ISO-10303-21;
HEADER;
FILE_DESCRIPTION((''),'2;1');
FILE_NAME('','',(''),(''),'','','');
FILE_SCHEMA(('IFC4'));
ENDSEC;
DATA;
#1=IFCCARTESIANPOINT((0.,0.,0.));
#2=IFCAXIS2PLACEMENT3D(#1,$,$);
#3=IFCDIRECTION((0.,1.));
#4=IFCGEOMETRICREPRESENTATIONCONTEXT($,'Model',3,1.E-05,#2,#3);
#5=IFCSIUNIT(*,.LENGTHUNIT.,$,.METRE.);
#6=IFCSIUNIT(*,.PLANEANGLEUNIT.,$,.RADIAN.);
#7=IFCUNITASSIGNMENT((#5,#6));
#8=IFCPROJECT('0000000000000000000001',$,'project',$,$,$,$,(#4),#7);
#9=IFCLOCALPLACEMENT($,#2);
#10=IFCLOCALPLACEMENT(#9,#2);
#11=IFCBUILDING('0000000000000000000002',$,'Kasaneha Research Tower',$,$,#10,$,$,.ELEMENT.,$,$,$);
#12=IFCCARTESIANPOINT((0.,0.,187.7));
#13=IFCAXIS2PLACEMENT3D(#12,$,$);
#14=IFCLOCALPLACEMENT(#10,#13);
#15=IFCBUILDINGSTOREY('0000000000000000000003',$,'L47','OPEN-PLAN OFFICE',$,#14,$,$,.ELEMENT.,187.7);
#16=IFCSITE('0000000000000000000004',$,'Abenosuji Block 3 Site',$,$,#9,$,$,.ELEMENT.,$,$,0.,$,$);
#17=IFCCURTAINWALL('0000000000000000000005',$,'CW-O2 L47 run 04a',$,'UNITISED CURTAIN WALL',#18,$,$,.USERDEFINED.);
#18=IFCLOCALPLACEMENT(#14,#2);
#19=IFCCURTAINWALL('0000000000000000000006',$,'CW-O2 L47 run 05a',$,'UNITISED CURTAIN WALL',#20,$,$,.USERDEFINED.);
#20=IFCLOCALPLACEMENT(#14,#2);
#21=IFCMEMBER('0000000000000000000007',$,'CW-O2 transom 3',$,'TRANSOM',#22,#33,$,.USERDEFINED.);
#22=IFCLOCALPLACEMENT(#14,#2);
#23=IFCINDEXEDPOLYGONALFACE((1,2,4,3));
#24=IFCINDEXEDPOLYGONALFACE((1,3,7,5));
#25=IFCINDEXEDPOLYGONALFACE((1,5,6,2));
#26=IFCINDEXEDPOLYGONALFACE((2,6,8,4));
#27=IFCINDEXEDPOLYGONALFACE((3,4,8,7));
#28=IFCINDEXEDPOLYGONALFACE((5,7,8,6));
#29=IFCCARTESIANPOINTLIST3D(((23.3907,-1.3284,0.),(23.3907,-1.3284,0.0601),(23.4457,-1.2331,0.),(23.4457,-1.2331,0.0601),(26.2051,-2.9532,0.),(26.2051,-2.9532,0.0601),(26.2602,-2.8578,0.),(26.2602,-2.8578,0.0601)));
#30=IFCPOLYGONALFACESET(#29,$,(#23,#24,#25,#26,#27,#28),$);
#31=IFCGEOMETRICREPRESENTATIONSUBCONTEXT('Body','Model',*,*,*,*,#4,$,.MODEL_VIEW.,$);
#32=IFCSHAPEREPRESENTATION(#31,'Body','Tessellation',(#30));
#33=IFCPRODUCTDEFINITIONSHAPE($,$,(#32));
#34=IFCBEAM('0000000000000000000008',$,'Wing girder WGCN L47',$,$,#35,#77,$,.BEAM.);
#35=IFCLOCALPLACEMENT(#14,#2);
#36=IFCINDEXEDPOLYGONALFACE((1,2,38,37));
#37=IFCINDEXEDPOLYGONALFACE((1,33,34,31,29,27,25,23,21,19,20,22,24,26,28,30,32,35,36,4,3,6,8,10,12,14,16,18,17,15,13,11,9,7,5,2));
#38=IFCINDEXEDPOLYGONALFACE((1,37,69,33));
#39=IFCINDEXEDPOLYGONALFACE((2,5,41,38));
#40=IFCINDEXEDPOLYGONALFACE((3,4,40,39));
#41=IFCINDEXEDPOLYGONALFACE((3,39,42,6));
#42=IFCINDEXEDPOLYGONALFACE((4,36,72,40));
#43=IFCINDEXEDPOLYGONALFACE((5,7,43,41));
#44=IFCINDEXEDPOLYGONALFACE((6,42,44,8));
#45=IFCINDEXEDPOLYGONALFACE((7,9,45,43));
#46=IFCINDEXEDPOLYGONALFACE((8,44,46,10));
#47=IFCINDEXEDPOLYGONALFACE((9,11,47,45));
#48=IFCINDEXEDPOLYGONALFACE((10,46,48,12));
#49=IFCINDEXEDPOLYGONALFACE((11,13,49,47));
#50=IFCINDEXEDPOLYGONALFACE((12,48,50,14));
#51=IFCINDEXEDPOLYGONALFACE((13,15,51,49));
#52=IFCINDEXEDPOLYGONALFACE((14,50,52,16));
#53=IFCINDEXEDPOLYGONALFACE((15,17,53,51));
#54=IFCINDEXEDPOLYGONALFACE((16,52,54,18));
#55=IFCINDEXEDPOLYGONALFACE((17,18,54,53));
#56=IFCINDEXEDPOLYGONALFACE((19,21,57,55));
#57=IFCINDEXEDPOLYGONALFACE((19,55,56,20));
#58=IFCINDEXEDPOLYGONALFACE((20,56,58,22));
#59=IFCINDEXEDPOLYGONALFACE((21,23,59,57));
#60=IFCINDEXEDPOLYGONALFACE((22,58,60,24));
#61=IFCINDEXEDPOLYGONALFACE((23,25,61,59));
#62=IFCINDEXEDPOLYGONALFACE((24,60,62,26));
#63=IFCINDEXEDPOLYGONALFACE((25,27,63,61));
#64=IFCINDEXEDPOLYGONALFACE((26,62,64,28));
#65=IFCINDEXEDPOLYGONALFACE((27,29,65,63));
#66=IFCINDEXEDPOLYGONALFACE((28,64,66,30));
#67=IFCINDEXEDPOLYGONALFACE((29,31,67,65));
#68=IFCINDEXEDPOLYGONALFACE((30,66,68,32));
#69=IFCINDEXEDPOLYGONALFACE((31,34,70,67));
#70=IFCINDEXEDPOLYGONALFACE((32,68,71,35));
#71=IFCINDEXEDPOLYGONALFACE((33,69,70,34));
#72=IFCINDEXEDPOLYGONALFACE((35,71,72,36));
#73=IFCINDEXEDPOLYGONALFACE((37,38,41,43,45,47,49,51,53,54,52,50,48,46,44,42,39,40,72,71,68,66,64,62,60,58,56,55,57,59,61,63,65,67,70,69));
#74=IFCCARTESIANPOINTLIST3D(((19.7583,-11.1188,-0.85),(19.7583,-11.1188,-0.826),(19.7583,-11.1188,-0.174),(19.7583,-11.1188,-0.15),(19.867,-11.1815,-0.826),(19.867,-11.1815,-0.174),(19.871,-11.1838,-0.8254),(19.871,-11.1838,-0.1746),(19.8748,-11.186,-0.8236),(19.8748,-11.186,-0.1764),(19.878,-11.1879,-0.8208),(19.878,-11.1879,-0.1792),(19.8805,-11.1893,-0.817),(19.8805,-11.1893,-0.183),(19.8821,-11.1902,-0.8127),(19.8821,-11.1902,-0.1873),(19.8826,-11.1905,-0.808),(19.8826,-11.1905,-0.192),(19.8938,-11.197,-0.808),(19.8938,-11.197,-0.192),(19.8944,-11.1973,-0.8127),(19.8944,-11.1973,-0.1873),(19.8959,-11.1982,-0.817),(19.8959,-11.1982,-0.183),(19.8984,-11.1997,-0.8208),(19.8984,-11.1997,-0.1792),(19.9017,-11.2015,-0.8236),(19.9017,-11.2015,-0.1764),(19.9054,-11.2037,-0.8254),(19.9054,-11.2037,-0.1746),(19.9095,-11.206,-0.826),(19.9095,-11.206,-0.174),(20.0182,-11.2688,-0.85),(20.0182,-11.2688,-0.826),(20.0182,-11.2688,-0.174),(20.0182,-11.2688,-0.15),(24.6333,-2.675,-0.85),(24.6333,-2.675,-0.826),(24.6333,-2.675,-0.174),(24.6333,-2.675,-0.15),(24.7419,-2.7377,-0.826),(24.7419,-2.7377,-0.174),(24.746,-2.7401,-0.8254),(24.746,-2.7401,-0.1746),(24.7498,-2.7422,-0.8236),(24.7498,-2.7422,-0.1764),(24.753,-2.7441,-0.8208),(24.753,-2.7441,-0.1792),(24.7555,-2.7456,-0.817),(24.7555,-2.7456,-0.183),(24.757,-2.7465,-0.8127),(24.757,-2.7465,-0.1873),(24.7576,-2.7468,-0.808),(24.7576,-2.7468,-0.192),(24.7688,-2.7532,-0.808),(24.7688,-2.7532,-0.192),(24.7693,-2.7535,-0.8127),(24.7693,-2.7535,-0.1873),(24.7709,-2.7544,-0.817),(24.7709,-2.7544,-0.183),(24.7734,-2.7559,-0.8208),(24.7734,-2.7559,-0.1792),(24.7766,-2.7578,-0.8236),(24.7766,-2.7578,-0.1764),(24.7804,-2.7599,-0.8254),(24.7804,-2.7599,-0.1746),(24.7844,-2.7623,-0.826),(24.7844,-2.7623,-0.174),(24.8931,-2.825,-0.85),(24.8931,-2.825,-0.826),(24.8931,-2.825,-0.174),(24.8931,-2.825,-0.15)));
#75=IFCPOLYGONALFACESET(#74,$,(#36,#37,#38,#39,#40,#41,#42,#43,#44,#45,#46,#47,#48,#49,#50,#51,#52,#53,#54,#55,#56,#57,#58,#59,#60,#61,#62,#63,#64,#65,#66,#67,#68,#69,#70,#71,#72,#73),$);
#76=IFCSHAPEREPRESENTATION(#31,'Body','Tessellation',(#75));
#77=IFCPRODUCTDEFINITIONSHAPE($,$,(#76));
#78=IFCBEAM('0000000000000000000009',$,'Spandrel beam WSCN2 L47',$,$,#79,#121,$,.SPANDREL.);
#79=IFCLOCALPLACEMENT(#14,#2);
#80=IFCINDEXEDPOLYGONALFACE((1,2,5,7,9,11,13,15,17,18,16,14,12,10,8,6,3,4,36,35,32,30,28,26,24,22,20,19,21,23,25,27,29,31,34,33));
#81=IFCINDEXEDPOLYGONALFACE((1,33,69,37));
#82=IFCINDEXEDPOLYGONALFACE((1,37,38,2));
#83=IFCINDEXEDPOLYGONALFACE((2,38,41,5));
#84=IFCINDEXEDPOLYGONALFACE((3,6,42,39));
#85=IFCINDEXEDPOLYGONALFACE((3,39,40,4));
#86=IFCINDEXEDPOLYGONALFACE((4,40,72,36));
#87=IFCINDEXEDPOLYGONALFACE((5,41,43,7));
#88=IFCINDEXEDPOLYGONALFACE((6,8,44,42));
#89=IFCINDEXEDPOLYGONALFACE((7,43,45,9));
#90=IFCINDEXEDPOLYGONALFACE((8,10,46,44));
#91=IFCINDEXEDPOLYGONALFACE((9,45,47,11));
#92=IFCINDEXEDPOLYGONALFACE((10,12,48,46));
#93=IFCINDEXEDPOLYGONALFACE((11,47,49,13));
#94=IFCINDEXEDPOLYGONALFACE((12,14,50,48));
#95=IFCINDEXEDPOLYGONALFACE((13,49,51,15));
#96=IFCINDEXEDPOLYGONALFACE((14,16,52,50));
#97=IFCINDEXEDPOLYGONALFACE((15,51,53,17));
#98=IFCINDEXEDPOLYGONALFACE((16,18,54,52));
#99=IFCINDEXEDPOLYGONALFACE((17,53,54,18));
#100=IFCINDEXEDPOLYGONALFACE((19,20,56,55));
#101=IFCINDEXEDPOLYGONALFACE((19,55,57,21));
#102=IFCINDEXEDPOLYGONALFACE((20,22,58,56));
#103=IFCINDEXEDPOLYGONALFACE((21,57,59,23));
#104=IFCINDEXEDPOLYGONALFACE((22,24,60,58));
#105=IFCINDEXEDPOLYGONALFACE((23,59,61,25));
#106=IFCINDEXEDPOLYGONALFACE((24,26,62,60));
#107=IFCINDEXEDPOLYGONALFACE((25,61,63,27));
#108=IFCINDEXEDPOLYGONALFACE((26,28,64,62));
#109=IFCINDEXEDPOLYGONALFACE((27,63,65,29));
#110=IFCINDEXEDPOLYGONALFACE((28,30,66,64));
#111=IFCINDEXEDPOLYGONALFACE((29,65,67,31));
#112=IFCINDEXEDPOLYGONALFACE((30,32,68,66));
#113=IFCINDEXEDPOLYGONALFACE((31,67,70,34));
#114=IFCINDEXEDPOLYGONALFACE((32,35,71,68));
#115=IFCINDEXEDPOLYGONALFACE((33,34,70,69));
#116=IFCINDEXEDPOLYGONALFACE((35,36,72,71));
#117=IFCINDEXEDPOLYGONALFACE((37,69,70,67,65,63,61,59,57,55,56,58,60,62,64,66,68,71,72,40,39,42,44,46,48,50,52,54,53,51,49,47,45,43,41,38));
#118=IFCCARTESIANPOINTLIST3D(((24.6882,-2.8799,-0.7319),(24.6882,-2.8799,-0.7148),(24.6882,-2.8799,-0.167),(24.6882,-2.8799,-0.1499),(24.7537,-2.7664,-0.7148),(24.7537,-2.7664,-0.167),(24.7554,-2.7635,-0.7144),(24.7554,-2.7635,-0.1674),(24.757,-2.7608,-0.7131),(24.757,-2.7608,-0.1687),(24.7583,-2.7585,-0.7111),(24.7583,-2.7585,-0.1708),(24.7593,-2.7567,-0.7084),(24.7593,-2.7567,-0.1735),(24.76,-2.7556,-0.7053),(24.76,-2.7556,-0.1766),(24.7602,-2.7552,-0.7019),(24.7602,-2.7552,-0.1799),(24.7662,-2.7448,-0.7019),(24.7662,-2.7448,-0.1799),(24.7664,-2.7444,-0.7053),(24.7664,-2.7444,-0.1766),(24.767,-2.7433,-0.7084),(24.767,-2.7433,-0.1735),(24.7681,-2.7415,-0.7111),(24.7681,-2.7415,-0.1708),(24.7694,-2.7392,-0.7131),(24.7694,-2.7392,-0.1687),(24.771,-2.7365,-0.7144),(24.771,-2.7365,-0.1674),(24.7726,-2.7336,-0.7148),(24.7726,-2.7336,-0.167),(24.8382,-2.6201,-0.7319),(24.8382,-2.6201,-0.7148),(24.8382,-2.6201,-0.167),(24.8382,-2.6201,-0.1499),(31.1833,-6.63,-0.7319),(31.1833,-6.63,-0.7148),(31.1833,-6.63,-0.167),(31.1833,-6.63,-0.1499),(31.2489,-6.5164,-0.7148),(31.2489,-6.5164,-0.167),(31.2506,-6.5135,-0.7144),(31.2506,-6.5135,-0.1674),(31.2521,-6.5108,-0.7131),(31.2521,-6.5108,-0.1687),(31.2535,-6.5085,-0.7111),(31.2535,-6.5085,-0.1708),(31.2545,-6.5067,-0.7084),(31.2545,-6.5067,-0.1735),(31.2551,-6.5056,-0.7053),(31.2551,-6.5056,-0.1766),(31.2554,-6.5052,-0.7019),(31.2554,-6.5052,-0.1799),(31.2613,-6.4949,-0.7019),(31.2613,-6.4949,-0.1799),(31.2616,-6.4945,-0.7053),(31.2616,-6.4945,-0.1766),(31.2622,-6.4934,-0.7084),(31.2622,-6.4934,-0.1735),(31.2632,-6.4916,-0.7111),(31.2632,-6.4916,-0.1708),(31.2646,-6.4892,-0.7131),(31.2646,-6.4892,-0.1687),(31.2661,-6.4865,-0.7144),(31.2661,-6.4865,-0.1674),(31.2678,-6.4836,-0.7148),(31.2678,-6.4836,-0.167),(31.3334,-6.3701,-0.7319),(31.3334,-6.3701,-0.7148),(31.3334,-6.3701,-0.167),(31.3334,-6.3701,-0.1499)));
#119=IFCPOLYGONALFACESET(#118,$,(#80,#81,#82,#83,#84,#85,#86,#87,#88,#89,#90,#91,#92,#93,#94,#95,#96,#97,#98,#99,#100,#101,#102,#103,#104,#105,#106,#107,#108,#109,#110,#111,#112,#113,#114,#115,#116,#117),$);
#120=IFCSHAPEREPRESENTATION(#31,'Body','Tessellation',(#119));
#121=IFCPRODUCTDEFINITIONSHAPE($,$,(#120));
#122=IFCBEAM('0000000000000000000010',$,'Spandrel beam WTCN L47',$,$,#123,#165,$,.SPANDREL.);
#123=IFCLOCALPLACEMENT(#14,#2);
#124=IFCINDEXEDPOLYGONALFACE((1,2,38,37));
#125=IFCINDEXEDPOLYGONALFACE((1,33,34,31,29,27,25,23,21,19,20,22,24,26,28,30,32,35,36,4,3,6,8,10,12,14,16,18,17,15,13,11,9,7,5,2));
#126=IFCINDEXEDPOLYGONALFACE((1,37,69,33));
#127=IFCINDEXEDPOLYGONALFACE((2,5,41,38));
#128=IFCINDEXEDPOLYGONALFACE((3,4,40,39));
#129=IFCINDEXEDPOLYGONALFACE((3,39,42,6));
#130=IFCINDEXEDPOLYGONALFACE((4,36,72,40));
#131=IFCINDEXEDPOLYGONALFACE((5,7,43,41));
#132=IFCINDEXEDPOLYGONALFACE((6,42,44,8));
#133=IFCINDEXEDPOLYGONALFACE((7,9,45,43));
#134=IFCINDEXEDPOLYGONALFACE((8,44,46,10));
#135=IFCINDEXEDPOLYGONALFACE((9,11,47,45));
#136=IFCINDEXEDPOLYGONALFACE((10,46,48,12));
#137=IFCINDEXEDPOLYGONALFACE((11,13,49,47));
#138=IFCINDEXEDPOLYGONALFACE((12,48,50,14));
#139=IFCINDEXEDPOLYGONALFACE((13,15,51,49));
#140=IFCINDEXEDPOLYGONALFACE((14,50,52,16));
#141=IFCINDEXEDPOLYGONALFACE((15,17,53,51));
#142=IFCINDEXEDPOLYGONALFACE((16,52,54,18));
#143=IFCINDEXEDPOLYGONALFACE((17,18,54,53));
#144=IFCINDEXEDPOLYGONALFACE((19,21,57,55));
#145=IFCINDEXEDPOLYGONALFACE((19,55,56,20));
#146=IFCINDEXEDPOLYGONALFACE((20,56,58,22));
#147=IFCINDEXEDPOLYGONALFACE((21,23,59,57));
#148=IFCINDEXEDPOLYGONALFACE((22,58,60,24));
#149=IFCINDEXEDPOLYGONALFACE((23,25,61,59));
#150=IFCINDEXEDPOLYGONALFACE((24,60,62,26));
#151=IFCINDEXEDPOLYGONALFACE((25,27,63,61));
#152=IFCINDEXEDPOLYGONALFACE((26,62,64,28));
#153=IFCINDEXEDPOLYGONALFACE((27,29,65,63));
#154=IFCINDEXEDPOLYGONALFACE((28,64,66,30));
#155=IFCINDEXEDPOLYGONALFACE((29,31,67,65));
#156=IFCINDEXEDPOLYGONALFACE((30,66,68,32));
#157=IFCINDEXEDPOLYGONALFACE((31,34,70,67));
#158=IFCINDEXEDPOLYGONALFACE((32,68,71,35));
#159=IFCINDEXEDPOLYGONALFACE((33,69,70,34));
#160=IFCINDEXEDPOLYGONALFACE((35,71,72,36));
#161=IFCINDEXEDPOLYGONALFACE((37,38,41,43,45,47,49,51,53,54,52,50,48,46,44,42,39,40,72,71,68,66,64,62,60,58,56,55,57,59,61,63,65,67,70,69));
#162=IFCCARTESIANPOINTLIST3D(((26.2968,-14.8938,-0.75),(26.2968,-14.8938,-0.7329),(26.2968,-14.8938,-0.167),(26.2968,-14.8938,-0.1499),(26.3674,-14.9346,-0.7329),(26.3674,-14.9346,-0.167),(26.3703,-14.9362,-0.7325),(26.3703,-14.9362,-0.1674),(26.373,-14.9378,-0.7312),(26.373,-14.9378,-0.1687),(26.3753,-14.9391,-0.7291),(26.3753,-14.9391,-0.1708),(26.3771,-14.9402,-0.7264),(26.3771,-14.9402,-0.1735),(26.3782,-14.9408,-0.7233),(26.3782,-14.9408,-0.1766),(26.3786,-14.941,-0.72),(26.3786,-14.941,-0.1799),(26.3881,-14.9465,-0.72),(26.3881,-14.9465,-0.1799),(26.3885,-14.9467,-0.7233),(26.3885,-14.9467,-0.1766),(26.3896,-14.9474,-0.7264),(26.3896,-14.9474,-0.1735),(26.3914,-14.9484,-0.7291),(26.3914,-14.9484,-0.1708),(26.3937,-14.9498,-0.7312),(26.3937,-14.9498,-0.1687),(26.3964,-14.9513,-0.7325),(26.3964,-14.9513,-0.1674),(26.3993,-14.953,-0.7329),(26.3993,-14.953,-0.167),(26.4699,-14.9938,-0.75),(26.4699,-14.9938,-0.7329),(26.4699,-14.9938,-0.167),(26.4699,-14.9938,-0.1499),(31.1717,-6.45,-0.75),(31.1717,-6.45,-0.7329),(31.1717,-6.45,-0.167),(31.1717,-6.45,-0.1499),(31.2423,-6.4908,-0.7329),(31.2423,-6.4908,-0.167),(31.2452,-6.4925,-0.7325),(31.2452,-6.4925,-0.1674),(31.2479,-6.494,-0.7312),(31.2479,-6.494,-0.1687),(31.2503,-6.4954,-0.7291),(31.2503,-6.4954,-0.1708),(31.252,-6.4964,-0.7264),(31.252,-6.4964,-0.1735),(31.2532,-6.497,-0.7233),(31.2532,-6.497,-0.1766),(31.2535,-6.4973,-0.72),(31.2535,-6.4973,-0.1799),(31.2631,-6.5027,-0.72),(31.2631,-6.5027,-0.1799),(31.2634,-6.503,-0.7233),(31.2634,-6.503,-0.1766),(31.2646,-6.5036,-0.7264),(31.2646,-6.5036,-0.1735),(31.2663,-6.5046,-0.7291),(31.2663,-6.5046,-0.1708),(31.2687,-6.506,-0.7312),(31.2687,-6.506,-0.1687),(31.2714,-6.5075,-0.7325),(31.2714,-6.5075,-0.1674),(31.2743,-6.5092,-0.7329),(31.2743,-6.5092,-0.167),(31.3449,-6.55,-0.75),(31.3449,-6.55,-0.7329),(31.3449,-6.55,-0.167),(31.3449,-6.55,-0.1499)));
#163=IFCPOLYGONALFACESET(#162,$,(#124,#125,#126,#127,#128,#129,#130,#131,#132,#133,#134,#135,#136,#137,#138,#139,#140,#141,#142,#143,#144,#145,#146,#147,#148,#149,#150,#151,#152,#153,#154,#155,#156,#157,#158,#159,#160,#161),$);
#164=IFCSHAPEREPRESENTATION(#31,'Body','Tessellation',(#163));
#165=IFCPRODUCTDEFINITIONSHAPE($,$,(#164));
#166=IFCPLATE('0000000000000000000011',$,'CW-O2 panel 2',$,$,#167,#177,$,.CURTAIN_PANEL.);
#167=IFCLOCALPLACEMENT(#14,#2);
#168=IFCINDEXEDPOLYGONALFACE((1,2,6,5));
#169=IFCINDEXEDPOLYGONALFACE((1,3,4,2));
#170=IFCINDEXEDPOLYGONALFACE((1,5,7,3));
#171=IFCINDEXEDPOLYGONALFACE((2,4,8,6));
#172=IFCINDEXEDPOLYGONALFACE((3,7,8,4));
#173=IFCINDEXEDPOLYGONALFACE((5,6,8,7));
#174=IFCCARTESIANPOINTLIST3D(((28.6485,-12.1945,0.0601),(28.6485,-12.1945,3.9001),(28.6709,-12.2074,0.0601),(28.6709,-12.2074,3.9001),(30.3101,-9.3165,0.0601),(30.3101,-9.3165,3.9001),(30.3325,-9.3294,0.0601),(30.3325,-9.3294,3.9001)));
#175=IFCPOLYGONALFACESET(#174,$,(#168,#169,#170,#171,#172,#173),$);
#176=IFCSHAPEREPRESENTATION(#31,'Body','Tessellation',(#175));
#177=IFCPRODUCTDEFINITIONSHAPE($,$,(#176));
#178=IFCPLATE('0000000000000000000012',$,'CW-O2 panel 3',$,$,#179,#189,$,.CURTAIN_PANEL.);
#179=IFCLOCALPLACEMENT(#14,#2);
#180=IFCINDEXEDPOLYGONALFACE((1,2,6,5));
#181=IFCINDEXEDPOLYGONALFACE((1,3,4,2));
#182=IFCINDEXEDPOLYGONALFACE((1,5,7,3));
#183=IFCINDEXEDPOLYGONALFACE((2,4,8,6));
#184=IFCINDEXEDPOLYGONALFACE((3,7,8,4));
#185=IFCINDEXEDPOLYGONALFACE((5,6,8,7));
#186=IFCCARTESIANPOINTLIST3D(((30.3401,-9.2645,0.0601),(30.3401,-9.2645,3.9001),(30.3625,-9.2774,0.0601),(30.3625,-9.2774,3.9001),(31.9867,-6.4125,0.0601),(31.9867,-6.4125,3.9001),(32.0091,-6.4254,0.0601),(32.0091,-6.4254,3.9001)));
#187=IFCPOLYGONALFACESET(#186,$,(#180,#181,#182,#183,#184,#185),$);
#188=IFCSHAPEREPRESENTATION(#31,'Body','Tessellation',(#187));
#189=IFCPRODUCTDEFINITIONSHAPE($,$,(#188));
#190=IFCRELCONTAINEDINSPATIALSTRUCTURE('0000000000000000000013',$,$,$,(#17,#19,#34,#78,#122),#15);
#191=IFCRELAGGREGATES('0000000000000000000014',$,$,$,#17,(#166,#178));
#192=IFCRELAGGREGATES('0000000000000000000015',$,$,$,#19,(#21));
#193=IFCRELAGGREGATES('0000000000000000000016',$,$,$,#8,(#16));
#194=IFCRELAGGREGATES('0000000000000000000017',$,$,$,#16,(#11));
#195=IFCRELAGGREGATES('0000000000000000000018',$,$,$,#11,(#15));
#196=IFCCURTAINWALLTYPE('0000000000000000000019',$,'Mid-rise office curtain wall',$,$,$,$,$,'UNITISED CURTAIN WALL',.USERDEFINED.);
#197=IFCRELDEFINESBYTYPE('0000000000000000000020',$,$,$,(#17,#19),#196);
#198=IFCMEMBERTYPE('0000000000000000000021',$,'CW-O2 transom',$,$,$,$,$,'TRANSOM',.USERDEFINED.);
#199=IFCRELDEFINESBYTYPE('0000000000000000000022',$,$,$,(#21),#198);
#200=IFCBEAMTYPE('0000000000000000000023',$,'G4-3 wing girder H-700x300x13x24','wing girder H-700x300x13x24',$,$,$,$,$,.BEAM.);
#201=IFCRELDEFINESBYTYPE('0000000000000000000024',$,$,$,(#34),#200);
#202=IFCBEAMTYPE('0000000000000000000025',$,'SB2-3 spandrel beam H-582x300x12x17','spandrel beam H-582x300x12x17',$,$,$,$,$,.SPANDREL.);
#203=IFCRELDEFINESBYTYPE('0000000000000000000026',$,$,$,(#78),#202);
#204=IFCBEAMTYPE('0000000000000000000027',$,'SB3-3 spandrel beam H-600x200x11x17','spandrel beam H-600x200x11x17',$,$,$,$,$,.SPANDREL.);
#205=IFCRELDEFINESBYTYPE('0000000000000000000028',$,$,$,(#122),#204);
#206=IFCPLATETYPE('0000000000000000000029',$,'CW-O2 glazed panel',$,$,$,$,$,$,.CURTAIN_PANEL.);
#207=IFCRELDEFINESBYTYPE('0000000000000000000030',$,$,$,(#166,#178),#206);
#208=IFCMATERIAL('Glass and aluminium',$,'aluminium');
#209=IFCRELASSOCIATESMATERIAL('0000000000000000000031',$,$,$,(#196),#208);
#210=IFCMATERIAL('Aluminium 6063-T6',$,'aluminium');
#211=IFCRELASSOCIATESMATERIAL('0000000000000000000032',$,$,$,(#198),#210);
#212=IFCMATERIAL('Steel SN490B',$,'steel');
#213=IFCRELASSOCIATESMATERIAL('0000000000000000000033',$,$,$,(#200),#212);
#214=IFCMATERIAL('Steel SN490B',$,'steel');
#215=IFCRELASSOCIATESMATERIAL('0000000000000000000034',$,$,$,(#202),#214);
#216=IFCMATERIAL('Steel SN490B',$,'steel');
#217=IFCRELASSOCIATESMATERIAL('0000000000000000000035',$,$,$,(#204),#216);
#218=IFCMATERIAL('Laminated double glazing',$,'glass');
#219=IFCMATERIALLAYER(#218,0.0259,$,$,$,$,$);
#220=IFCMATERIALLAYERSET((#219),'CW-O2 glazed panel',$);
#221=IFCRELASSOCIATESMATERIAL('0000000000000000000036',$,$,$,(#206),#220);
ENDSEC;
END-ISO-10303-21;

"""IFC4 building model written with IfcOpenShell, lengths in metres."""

from ifc_helpers import new_model, si_unit, direction, frame, origin, origin_2d, place, context, subcontext, project, spatial, rectangle, i_section, extrude, material, layer, layer_set, material_profile, profile_set, type_object, element, aggregate, save


model = new_model("IFC4")

# Units and contexts
model_context = context("Model", 3, precision=1e-05, world=origin(), true_north=direction((0.0, 1.0)))
body_context = subcontext(model_context, "Body", "Model", "MODEL_VIEW")
ifc_project = project(units=[si_unit("LENGTHUNIT", "METRE"), si_unit("PLANEANGLEUNIT", "RADIAN")], contexts=[model_context])

# Site, building, storey
site_placement = place(None, origin())
site = spatial("IfcSite", under=ifc_project, at=site_placement, Name="Abenosuji Block 3 Site", CompositionType="ELEMENT", RefElevation=0.0)
building_placement = place(site_placement, origin())
building = spatial("IfcBuilding", under=site, at=building_placement, Name="Kasaneha Research Tower", CompositionType="ELEMENT")
storey_placement = place(building_placement, frame((0.0, 0.0, 187.7)))
storey = spatial("IfcBuildingStorey", under=building, at=storey_placement, Name="L47", Description="OPEN-PLAN OFFICE", CompositionType="ELEMENT", Elevation=187.7)

# Curtain walls
ifc_material_1 = material(Name="Glass and aluminium", Category="aluminium")
curtain_wall_type = type_object("IfcCurtainWallType", Name="Mid-rise office curtain wall", ElementType="UNITISED CURTAIN WALL", PredefinedType="USERDEFINED", material=ifc_material_1)
curtain_wall_1_placement = place(storey_placement, origin())
curtain_wall_1 = element("IfcCurtainWall", 1, at=curtain_wall_1_placement, inside=storey, type_object=curtain_wall_type, Name="CW-O2 L47 run 04a", ObjectType="UNITISED CURTAIN WALL", PredefinedType="USERDEFINED")
curtain_wall_2_placement = place(storey_placement, origin())
curtain_wall_2 = element("IfcCurtainWall", 2, at=curtain_wall_2_placement, inside=storey, type_object=curtain_wall_type, Name="CW-O2 L47 run 05a", ObjectType="UNITISED CURTAIN WALL", PredefinedType="USERDEFINED")

# Member
ifc_material_2 = material(Name="Aluminium 6063-T6", Category="aluminium")
ifc_material_profile_1 = material_profile(ifc_material_2, rectangle(XDim=0.1101, YDim=0.0601, at=origin_2d()), Name="CW-O2 transom 110x60")
ifc_profile_set_1 = profile_set([ifc_material_profile_1], Name="Aluminium 6063-T6")
member_type_1 = type_object("IfcMemberType", Name="CW-O2 transom", ElementType="TRANSOM", PredefinedType="USERDEFINED", material=ifc_profile_set_1)
member_1_placement = place(storey_placement, frame((26.2327, -2.9055, 0.03), z_axis=(-0.866048, 0.499961, 0.0), x_axis=(-0.499961, -0.866048, 0.0)))
member_1 = element("IfcMember", 3, at=member_1_placement, type_object=member_type_1, Name="CW-O2 transom 3", ObjectType="TRANSOM", PredefinedType="USERDEFINED", context=body_context, shape_type="SweptSolid", body=[
    extrude(rectangle(XDim=0.1101, YDim=0.0601, at=origin_2d()), origin(), (0.0, 0.0, 1.0), 3.2498),
])

# Beams
ifc_material_3 = material(Name="Steel SN490B", Category="steel")
ifc_material_profile_2 = material_profile(ifc_material_3, i_section(OverallWidth=0.3, OverallDepth=0.7, WebThickness=0.0129, FlangeThickness=0.0239, FilletRadius=0.0181, at=origin_2d()), Name="H-700x300x13x24")
ifc_profile_set_2 = profile_set([ifc_material_profile_2], Name="Steel SN490B")
beam_type_1 = type_object("IfcBeamType", Name="G4-3 wing girder H-700x300x13x24", Description="wing girder H-700x300x13x24", PredefinedType="BEAM", material=ifc_profile_set_2)
beam_1_placement = place(storey_placement, frame((24.7632, -2.75, -0.5), z_axis=(-0.499996, -0.866028, 0.0), x_axis=(0.866028, -0.499996, 0.0)))
element("IfcBeam", 4, at=beam_1_placement, inside=storey, type_object=beam_type_1, Name="Wing girder WGCN L47", PredefinedType="BEAM", context=body_context, shape_type="SweptSolid", body=[
    extrude(i_section(OverallWidth=0.3, OverallDepth=0.7, WebThickness=0.0129, FlangeThickness=0.0239, FilletRadius=0.0181, at=origin_2d()), origin(), (0.0, 0.0, 1.0), 9.75),
])
ifc_material_4 = material(Name="Steel SN490B", Category="steel")
ifc_material_profile_3 = material_profile(ifc_material_4, i_section(OverallWidth=0.3, OverallDepth=0.582, WebThickness=0.012, FlangeThickness=0.0171, FilletRadius=0.0129, at=origin_2d()), Name="H-582x300x12x17")
ifc_profile_set_3 = profile_set([ifc_material_profile_3], Name="Steel SN490B")
beam_type_2 = type_object("IfcBeamType", Name="SB2-3 spandrel beam H-582x300x12x17", Description="spandrel beam H-582x300x12x17", PredefinedType="SPANDREL", material=ifc_profile_set_3)
beam_2_placement = place(storey_placement, frame((24.7632, -2.75, -0.4409), z_axis=(0.866023, -0.500004, 0.0), x_axis=(0.500004, 0.866023, 0.0)))
element("IfcBeam", 5, at=beam_2_placement, inside=storey, type_object=beam_type_2, Name="Spandrel beam WSCN2 L47", PredefinedType="SPANDREL", context=body_context, shape_type="SweptSolid", body=[
    extrude(i_section(OverallWidth=0.3, OverallDepth=0.582, WebThickness=0.012, FlangeThickness=0.0171, FilletRadius=0.0129, at=origin_2d()), origin(), (0.0, 0.0, 1.0), 7.5),
])
ifc_material_5 = material(Name="Steel SN490B", Category="steel")
ifc_material_profile_4 = material_profile(ifc_material_5, i_section(OverallWidth=0.2, OverallDepth=0.6001, WebThickness=0.011, FlangeThickness=0.0171, FilletRadius=0.0129, at=origin_2d()), Name="H-600x200x11x17")
ifc_profile_set_4 = profile_set([ifc_material_profile_4], Name="Steel SN490B")
beam_type_3 = type_object("IfcBeamType", Name="SB3-3 spandrel beam H-600x200x11x17", Description="spandrel beam H-600x200x11x17", PredefinedType="SPANDREL", material=ifc_profile_set_4)
beam_3_placement = place(storey_placement, frame((31.2583, -6.5, -0.45), z_axis=(-0.499996, -0.866028, 0.0), x_axis=(0.866028, -0.499996, 0.0)))
element("IfcBeam", 6, at=beam_3_placement, inside=storey, type_object=beam_type_3, Name="Spandrel beam WTCN L47", PredefinedType="SPANDREL", context=body_context, shape_type="SweptSolid", body=[
    extrude(i_section(OverallWidth=0.2, OverallDepth=0.6001, WebThickness=0.011, FlangeThickness=0.0171, FilletRadius=0.0129, at=origin_2d()), origin(), (0.0, 0.0, 1.0), 9.75),
])

# Plates
ifc_material_6 = material(Name="Laminated double glazing", Category="glass")
ifc_layer_1 = layer(ifc_material_6, 0.0259)
ifc_layer_set_1 = layer_set([ifc_layer_1], Name="CW-O2 glazed panel")
plate_type = type_object("IfcPlateType", Name="CW-O2 glazed panel", PredefinedType="CURTAIN_PANEL", material=ifc_layer_set_1)
plate_1_placement = place(storey_placement, frame((29.4905, -10.762, 0.0601), z_axis=(0.0, 0.0, 1.0), x_axis=(0.5, 0.866025, 0.0)))
plate_1 = element("IfcPlate", 7, at=plate_1_placement, type_object=plate_type, Name="CW-O2 panel 2", PredefinedType="CURTAIN_PANEL", context=body_context, shape_type="SweptSolid", body=[
    extrude(rectangle(XDim=3.3232, YDim=0.0259, at=origin_2d()), origin(), (0.0, 0.0, 1.0), 3.8401),
])
plate_2_placement = place(storey_placement, frame((31.1746, -7.845, 0.0601), z_axis=(0.0, 0.0, 1.0), x_axis=(0.5, 0.866025, 0.0)))
plate_2 = element("IfcPlate", 8, at=plate_2_placement, type_object=plate_type, Name="CW-O2 panel 3", PredefinedType="CURTAIN_PANEL", context=body_context, shape_type="SweptSolid", body=[
    extrude(rectangle(XDim=3.2932, YDim=0.0259, at=origin_2d()), origin(), (0.0, 0.0, 1.0), 3.8401),
])
aggregate(curtain_wall_1, [plate_1, plate_2])
aggregate(curtain_wall_2, [member_1])

save(model, "model.ifc")
